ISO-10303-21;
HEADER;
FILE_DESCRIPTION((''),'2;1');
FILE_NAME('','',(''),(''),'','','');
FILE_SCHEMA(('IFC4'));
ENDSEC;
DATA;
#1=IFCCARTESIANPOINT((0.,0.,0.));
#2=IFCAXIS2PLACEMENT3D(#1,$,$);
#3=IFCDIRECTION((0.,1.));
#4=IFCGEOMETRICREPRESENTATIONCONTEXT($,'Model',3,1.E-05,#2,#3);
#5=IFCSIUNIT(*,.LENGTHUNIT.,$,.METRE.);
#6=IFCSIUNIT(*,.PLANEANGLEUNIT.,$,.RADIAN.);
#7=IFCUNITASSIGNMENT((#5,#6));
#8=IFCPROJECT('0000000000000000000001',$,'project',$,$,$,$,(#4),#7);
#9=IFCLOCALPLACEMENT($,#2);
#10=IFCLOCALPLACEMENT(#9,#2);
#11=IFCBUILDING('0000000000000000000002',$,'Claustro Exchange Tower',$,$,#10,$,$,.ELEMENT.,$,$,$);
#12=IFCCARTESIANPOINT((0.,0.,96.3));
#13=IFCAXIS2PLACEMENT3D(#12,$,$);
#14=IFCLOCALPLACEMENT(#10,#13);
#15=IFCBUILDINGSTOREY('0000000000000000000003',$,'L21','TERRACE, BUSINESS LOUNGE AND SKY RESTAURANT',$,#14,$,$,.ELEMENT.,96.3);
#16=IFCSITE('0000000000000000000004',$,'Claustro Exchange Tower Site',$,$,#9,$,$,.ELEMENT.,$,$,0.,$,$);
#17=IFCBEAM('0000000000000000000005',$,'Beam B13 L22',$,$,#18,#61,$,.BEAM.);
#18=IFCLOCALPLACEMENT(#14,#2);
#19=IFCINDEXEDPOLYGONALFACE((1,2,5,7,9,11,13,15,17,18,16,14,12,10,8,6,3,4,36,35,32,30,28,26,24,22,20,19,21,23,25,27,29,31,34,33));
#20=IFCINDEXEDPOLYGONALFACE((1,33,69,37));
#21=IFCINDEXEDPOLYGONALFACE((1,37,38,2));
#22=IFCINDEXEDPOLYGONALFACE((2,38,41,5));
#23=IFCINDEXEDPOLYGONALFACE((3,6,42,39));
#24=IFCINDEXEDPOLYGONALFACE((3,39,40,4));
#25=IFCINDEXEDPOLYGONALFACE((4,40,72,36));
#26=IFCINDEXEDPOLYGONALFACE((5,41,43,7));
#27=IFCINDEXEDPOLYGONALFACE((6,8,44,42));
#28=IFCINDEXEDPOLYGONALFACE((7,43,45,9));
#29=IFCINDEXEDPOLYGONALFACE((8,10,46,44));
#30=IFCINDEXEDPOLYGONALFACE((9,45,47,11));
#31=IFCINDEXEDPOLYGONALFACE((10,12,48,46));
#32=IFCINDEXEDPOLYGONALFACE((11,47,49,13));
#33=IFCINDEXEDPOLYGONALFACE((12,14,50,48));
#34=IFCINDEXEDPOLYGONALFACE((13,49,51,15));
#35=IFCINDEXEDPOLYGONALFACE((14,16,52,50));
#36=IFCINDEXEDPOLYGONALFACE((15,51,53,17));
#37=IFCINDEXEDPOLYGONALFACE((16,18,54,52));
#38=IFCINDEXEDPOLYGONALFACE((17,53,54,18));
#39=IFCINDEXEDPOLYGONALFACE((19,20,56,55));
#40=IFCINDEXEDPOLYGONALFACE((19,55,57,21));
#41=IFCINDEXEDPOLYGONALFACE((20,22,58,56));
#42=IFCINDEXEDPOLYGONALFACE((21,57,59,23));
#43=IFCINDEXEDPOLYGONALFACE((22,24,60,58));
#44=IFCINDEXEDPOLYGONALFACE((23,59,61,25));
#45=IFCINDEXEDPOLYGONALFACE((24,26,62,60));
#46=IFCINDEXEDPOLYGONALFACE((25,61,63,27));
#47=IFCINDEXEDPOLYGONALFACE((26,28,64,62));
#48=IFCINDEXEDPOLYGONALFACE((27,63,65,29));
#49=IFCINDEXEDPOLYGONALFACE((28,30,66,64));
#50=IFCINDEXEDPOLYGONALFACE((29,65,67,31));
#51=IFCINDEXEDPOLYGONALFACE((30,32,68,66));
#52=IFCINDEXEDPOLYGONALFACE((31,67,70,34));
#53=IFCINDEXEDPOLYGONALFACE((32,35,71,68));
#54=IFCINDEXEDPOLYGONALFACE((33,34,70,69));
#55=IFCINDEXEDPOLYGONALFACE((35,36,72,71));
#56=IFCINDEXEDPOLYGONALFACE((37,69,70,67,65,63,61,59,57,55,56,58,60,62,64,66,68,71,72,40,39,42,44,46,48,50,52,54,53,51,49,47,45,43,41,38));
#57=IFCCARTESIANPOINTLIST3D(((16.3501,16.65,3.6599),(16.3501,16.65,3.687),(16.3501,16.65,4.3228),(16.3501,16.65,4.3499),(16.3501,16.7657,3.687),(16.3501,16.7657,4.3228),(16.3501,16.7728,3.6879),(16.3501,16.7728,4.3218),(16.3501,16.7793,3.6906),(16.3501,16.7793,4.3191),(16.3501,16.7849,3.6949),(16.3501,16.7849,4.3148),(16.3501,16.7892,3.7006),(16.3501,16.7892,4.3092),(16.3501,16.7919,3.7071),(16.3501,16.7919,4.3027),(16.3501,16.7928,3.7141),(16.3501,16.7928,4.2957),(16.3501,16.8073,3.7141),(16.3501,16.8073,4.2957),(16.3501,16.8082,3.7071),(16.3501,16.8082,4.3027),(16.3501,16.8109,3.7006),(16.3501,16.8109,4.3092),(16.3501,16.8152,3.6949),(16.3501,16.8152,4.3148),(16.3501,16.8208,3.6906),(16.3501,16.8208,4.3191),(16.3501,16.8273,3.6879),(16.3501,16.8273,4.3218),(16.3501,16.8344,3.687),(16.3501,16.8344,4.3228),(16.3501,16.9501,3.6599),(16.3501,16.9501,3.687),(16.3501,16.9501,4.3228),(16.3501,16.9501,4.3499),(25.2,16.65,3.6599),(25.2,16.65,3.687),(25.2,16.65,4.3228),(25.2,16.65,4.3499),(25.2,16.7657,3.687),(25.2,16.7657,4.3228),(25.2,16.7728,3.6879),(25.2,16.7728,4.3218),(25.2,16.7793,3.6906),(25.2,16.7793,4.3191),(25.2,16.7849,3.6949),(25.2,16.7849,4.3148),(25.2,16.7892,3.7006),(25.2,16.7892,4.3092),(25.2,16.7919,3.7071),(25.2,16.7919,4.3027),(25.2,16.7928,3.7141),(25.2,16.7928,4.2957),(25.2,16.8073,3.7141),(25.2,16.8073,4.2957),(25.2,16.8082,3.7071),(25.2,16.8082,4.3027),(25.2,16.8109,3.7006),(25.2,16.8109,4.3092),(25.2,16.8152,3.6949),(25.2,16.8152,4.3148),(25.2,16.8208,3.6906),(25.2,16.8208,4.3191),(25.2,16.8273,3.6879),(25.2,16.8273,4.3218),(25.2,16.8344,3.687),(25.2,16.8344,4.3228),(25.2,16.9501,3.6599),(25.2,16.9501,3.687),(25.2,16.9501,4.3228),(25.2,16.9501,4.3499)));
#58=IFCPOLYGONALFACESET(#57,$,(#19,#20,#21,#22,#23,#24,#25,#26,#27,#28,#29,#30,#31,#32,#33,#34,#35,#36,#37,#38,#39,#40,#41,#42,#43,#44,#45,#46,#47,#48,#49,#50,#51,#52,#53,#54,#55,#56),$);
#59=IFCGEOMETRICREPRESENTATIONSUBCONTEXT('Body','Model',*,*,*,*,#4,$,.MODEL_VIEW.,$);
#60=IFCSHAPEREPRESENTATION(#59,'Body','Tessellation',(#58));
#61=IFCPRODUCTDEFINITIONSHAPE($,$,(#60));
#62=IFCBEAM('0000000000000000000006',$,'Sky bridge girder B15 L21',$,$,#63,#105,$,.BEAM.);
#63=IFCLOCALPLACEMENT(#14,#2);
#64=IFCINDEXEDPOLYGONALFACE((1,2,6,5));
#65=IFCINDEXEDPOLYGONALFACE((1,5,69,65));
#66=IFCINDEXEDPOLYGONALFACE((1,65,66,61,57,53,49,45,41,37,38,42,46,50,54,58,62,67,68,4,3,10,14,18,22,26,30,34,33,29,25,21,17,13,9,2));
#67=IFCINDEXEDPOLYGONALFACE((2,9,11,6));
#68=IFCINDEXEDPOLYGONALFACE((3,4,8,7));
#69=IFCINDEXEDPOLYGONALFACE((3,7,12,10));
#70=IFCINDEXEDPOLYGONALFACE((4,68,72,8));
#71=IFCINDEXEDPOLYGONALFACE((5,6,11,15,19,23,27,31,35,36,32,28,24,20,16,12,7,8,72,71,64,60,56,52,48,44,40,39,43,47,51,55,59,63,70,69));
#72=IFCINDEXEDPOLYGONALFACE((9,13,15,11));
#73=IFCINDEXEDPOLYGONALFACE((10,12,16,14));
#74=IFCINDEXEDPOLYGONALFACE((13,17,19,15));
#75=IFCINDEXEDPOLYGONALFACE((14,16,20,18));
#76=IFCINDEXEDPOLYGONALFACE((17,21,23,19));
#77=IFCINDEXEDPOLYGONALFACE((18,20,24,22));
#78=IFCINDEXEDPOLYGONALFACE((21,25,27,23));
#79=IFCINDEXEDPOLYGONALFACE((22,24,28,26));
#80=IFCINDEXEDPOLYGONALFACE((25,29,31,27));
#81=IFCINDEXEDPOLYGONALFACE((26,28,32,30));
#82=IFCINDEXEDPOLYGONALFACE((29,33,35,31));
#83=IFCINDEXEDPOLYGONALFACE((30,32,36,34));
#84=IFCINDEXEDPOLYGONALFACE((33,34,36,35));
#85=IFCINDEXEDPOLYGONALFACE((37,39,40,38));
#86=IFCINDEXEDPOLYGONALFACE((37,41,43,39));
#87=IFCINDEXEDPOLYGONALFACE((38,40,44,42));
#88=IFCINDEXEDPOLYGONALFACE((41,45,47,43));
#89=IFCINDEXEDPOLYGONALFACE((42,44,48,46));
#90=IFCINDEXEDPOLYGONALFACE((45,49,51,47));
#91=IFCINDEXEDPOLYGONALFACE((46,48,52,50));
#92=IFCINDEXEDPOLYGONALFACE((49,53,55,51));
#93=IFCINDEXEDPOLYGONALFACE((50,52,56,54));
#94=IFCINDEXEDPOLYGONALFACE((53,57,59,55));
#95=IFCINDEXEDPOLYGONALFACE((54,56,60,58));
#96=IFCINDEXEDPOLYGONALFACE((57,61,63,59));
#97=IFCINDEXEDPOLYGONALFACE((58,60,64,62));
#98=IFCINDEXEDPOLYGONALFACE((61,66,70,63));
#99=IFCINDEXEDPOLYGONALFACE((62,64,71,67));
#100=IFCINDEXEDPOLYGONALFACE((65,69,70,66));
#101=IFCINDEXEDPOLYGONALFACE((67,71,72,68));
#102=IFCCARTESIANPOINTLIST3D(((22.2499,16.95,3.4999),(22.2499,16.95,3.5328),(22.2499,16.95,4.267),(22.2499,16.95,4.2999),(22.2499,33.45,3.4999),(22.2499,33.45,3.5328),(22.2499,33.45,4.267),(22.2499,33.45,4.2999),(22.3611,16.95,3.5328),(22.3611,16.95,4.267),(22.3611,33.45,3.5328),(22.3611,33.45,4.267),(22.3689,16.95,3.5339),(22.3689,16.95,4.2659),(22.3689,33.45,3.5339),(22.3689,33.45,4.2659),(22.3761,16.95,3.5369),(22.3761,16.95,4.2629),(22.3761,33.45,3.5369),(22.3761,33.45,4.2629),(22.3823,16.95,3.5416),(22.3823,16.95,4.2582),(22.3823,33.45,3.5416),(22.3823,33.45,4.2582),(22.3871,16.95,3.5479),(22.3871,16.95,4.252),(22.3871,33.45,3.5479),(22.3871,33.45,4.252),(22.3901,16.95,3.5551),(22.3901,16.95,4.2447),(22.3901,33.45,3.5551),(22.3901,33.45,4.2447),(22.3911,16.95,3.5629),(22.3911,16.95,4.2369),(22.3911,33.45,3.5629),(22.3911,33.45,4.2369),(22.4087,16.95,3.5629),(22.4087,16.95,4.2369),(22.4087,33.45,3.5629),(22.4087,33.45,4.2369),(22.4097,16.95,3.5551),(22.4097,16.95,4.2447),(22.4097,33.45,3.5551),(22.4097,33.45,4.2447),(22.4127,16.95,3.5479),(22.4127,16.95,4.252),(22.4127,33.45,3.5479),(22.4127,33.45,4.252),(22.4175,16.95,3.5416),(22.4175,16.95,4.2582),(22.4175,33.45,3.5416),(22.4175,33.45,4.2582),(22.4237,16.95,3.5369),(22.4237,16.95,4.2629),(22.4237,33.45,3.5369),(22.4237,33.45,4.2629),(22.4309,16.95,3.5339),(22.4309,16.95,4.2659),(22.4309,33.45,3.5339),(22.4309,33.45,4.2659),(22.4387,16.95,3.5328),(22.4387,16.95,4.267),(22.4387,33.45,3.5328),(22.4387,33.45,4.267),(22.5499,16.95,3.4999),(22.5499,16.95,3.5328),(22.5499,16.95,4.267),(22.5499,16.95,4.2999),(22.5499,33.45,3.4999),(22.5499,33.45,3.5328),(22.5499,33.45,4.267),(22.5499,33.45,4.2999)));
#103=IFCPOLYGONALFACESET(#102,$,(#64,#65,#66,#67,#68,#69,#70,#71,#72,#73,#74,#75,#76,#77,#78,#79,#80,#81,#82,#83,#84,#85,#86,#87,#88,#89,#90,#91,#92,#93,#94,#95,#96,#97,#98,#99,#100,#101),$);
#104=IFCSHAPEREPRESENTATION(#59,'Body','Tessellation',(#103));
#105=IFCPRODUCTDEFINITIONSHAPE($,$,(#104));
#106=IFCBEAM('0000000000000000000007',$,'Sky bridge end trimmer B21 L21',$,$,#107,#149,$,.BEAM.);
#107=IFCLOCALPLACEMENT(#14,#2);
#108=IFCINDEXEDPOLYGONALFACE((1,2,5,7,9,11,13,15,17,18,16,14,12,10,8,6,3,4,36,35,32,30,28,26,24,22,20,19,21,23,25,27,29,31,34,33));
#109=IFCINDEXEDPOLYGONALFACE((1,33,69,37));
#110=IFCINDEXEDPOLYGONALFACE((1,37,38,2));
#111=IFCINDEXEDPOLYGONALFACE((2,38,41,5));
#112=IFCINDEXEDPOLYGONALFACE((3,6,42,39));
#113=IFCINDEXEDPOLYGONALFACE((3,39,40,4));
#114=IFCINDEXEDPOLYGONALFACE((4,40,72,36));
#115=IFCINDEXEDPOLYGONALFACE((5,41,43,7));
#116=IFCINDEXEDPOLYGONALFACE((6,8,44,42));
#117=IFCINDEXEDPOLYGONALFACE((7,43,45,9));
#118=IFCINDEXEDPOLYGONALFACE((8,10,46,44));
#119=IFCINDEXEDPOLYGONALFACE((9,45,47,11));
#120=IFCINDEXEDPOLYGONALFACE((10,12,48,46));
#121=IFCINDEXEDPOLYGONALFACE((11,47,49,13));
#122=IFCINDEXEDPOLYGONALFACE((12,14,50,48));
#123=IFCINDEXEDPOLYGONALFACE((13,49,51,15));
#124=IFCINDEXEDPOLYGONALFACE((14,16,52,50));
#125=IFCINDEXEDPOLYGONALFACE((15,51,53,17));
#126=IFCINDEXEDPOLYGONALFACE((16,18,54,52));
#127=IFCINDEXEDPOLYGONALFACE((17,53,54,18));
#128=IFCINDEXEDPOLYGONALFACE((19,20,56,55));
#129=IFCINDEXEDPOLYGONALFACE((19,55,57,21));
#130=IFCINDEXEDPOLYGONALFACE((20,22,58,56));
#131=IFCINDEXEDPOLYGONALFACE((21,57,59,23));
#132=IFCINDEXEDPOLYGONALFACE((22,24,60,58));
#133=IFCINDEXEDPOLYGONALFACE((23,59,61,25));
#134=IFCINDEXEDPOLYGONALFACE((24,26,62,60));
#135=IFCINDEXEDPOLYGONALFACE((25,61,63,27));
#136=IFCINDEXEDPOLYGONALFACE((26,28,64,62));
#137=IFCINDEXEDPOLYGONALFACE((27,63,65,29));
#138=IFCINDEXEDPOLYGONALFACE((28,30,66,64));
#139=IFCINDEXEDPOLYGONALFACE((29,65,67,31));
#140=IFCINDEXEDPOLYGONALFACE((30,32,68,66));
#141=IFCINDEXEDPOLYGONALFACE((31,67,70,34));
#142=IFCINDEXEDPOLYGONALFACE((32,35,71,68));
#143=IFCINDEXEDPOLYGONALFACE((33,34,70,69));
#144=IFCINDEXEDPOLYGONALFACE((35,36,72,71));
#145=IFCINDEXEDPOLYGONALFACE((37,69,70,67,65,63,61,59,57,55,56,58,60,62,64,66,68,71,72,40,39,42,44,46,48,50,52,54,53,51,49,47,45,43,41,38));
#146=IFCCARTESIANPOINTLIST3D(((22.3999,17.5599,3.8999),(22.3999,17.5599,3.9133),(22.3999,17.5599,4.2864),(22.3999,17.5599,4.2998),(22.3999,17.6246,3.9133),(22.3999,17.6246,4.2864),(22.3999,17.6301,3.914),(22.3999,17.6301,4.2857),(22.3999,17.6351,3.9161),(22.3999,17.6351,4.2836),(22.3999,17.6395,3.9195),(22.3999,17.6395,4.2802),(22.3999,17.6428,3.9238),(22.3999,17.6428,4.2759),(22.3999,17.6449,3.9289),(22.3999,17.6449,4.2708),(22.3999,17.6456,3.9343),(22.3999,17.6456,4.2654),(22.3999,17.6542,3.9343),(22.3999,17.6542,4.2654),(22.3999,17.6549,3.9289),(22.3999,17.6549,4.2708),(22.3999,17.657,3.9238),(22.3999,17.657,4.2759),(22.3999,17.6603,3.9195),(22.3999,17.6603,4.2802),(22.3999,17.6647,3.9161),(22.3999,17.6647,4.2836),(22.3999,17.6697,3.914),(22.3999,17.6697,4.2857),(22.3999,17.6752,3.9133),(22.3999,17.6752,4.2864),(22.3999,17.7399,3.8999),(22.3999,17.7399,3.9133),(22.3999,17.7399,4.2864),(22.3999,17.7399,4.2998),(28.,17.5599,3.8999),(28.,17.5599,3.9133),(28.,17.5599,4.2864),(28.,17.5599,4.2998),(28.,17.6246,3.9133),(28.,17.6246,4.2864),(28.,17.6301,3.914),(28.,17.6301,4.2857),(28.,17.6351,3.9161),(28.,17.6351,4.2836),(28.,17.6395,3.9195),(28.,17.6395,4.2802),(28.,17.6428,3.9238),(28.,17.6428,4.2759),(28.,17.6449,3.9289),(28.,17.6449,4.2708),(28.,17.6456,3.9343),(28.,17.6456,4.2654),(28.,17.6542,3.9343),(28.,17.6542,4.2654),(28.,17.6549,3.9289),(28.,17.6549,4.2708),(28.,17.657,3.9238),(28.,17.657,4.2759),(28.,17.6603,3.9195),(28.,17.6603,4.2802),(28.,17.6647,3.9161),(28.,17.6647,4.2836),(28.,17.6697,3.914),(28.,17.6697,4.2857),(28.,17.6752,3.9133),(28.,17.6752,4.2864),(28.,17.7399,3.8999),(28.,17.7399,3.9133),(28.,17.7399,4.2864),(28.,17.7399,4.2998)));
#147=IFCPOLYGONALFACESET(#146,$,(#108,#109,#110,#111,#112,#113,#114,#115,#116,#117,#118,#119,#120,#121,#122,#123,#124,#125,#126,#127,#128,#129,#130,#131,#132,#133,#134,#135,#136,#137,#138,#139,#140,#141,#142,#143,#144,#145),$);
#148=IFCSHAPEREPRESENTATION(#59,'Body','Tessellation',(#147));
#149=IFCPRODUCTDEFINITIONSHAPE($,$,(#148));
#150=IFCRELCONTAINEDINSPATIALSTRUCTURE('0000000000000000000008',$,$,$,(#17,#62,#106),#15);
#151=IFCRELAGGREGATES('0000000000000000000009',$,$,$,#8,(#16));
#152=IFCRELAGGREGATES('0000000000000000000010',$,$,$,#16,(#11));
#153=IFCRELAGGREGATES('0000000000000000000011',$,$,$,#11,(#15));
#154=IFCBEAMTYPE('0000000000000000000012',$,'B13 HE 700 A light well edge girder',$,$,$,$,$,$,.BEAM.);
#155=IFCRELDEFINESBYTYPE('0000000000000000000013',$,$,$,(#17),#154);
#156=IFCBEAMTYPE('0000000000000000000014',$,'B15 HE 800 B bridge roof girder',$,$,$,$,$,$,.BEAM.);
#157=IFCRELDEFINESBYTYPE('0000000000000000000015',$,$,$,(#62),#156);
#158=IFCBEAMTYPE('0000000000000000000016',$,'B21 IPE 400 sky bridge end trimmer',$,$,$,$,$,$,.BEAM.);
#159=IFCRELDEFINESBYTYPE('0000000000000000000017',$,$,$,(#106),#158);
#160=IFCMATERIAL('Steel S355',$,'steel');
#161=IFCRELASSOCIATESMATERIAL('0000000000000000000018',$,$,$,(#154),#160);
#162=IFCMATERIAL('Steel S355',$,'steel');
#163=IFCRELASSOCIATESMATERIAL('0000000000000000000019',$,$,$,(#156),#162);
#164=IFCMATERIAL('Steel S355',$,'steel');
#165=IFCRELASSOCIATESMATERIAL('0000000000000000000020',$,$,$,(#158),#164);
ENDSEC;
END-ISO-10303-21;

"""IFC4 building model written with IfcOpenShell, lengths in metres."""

from ifc_helpers import new_model, si_unit, direction, frame, origin, origin_2d, place, context, subcontext, project, spatial, i_section, extrude, material, material_profile, profile_set, type_object, element, save


model = new_model("IFC4")

# Units and contexts
model_context = context("Model", 3, precision=1e-05, world=origin(), true_north=direction((0.0, 1.0)))
body_context = subcontext(model_context, "Body", "Model", "MODEL_VIEW")
ifc_project = project(units=[si_unit("LENGTHUNIT", "METRE"), si_unit("PLANEANGLEUNIT", "RADIAN")], contexts=[model_context])

# Site, building, storey
site_placement = place(None, origin())
site = spatial("IfcSite", under=ifc_project, at=site_placement, Name="Claustro Exchange Tower Site", CompositionType="ELEMENT", RefElevation=0.0)
building_placement = place(site_placement, origin())
building = spatial("IfcBuilding", under=site, at=building_placement, Name="Claustro Exchange Tower", CompositionType="ELEMENT")
storey_placement = place(building_placement, frame((0.0, 0.0, 96.3)))
storey = spatial("IfcBuildingStorey", under=building, at=storey_placement, Name="L21", Description="TERRACE, BUSINESS LOUNGE AND SKY RESTAURANT", CompositionType="ELEMENT", Elevation=96.3)

# Beams
ifc_material_1 = material(Name="Steel S355", Category="steel")
ifc_material_profile_1 = material_profile(ifc_material_1, i_section(OverallWidth=0.3, OverallDepth=0.6899, WebThickness=0.0144, FlangeThickness=0.0271, FilletRadius=0.0271, at=origin_2d()), Name="HE 700 A")
ifc_profile_set_1 = profile_set([ifc_material_profile_1], Name="Steel S355")
beam_type_1 = type_object("IfcBeamType", Name="B13 HE 700 A light well edge girder", PredefinedType="BEAM", material=ifc_profile_set_1)
beam_1_placement = place(storey_placement, frame((16.3501, 16.8, 4.0049), z_axis=(1.0, 0.0, 0.0), x_axis=(0.0, 1.0, 0.0)))
element("IfcBeam", 1, at=beam_1_placement, inside=storey, type_object=beam_type_1, Name="Beam B13 L22", PredefinedType="BEAM", context=body_context, shape_type="SweptSolid", body=[
    extrude(i_section(OverallWidth=0.3, OverallDepth=0.6899, WebThickness=0.0144, FlangeThickness=0.0271, FilletRadius=0.0271, at=origin_2d()), origin(), (0.0, 0.0, 1.0), 8.8499),
])
ifc_material_2 = material(Name="Steel S355", Category="steel")
ifc_material_profile_2 = material_profile(ifc_material_2, i_section(OverallWidth=0.3, OverallDepth=0.8, WebThickness=0.0176, FlangeThickness=0.033, FilletRadius=0.03, at=origin_2d()), Name="HE 800 B")
ifc_profile_set_2 = profile_set([ifc_material_profile_2], Name="Steel S355")
beam_type_2 = type_object("IfcBeamType", Name="B15 HE 800 B bridge roof girder", PredefinedType="BEAM", material=ifc_profile_set_2)
beam_2_placement = place(storey_placement, frame((22.3999, 16.95, 3.8999), z_axis=(0.0, 1.0, 0.0), x_axis=(-1.0, 0.0, 0.0)))
element("IfcBeam", 2, at=beam_2_placement, inside=storey, type_object=beam_type_2, Name="Sky bridge girder B15 L21", PredefinedType="BEAM", context=body_context, shape_type="SweptSolid", body=[
    extrude(i_section(OverallWidth=0.3, OverallDepth=0.8, WebThickness=0.0176, FlangeThickness=0.033, FilletRadius=0.03, at=origin_2d()), origin(), (0.0, 0.0, 1.0), 16.5),
])
ifc_material_3 = material(Name="Steel S355", Category="steel")
ifc_material_profile_3 = material_profile(ifc_material_3, i_section(OverallWidth=0.1799, OverallDepth=0.3999, WebThickness=0.0085, FlangeThickness=0.0134, FilletRadius=0.021, at=origin_2d()), Name="IPE 400")
ifc_profile_set_3 = profile_set([ifc_material_profile_3], Name="Steel S355")
beam_type_3 = type_object("IfcBeamType", Name="B21 IPE 400 sky bridge end trimmer", PredefinedType="BEAM", material=ifc_profile_set_3)
beam_3_placement = place(storey_placement, frame((22.3999, 17.6499, 4.0999), z_axis=(1.0, 0.0, 0.0), x_axis=(0.0, 1.0, 0.0)))
element("IfcBeam", 3, at=beam_3_placement, inside=storey, type_object=beam_type_3, Name="Sky bridge end trimmer B21 L21", PredefinedType="BEAM", context=body_context, shape_type="SweptSolid", body=[
    extrude(i_section(OverallWidth=0.1799, OverallDepth=0.3999, WebThickness=0.0085, FlangeThickness=0.0134, FilletRadius=0.021, at=origin_2d()), origin(), (0.0, 0.0, 1.0), 5.6001),
])

save(model, "model.ifc")
